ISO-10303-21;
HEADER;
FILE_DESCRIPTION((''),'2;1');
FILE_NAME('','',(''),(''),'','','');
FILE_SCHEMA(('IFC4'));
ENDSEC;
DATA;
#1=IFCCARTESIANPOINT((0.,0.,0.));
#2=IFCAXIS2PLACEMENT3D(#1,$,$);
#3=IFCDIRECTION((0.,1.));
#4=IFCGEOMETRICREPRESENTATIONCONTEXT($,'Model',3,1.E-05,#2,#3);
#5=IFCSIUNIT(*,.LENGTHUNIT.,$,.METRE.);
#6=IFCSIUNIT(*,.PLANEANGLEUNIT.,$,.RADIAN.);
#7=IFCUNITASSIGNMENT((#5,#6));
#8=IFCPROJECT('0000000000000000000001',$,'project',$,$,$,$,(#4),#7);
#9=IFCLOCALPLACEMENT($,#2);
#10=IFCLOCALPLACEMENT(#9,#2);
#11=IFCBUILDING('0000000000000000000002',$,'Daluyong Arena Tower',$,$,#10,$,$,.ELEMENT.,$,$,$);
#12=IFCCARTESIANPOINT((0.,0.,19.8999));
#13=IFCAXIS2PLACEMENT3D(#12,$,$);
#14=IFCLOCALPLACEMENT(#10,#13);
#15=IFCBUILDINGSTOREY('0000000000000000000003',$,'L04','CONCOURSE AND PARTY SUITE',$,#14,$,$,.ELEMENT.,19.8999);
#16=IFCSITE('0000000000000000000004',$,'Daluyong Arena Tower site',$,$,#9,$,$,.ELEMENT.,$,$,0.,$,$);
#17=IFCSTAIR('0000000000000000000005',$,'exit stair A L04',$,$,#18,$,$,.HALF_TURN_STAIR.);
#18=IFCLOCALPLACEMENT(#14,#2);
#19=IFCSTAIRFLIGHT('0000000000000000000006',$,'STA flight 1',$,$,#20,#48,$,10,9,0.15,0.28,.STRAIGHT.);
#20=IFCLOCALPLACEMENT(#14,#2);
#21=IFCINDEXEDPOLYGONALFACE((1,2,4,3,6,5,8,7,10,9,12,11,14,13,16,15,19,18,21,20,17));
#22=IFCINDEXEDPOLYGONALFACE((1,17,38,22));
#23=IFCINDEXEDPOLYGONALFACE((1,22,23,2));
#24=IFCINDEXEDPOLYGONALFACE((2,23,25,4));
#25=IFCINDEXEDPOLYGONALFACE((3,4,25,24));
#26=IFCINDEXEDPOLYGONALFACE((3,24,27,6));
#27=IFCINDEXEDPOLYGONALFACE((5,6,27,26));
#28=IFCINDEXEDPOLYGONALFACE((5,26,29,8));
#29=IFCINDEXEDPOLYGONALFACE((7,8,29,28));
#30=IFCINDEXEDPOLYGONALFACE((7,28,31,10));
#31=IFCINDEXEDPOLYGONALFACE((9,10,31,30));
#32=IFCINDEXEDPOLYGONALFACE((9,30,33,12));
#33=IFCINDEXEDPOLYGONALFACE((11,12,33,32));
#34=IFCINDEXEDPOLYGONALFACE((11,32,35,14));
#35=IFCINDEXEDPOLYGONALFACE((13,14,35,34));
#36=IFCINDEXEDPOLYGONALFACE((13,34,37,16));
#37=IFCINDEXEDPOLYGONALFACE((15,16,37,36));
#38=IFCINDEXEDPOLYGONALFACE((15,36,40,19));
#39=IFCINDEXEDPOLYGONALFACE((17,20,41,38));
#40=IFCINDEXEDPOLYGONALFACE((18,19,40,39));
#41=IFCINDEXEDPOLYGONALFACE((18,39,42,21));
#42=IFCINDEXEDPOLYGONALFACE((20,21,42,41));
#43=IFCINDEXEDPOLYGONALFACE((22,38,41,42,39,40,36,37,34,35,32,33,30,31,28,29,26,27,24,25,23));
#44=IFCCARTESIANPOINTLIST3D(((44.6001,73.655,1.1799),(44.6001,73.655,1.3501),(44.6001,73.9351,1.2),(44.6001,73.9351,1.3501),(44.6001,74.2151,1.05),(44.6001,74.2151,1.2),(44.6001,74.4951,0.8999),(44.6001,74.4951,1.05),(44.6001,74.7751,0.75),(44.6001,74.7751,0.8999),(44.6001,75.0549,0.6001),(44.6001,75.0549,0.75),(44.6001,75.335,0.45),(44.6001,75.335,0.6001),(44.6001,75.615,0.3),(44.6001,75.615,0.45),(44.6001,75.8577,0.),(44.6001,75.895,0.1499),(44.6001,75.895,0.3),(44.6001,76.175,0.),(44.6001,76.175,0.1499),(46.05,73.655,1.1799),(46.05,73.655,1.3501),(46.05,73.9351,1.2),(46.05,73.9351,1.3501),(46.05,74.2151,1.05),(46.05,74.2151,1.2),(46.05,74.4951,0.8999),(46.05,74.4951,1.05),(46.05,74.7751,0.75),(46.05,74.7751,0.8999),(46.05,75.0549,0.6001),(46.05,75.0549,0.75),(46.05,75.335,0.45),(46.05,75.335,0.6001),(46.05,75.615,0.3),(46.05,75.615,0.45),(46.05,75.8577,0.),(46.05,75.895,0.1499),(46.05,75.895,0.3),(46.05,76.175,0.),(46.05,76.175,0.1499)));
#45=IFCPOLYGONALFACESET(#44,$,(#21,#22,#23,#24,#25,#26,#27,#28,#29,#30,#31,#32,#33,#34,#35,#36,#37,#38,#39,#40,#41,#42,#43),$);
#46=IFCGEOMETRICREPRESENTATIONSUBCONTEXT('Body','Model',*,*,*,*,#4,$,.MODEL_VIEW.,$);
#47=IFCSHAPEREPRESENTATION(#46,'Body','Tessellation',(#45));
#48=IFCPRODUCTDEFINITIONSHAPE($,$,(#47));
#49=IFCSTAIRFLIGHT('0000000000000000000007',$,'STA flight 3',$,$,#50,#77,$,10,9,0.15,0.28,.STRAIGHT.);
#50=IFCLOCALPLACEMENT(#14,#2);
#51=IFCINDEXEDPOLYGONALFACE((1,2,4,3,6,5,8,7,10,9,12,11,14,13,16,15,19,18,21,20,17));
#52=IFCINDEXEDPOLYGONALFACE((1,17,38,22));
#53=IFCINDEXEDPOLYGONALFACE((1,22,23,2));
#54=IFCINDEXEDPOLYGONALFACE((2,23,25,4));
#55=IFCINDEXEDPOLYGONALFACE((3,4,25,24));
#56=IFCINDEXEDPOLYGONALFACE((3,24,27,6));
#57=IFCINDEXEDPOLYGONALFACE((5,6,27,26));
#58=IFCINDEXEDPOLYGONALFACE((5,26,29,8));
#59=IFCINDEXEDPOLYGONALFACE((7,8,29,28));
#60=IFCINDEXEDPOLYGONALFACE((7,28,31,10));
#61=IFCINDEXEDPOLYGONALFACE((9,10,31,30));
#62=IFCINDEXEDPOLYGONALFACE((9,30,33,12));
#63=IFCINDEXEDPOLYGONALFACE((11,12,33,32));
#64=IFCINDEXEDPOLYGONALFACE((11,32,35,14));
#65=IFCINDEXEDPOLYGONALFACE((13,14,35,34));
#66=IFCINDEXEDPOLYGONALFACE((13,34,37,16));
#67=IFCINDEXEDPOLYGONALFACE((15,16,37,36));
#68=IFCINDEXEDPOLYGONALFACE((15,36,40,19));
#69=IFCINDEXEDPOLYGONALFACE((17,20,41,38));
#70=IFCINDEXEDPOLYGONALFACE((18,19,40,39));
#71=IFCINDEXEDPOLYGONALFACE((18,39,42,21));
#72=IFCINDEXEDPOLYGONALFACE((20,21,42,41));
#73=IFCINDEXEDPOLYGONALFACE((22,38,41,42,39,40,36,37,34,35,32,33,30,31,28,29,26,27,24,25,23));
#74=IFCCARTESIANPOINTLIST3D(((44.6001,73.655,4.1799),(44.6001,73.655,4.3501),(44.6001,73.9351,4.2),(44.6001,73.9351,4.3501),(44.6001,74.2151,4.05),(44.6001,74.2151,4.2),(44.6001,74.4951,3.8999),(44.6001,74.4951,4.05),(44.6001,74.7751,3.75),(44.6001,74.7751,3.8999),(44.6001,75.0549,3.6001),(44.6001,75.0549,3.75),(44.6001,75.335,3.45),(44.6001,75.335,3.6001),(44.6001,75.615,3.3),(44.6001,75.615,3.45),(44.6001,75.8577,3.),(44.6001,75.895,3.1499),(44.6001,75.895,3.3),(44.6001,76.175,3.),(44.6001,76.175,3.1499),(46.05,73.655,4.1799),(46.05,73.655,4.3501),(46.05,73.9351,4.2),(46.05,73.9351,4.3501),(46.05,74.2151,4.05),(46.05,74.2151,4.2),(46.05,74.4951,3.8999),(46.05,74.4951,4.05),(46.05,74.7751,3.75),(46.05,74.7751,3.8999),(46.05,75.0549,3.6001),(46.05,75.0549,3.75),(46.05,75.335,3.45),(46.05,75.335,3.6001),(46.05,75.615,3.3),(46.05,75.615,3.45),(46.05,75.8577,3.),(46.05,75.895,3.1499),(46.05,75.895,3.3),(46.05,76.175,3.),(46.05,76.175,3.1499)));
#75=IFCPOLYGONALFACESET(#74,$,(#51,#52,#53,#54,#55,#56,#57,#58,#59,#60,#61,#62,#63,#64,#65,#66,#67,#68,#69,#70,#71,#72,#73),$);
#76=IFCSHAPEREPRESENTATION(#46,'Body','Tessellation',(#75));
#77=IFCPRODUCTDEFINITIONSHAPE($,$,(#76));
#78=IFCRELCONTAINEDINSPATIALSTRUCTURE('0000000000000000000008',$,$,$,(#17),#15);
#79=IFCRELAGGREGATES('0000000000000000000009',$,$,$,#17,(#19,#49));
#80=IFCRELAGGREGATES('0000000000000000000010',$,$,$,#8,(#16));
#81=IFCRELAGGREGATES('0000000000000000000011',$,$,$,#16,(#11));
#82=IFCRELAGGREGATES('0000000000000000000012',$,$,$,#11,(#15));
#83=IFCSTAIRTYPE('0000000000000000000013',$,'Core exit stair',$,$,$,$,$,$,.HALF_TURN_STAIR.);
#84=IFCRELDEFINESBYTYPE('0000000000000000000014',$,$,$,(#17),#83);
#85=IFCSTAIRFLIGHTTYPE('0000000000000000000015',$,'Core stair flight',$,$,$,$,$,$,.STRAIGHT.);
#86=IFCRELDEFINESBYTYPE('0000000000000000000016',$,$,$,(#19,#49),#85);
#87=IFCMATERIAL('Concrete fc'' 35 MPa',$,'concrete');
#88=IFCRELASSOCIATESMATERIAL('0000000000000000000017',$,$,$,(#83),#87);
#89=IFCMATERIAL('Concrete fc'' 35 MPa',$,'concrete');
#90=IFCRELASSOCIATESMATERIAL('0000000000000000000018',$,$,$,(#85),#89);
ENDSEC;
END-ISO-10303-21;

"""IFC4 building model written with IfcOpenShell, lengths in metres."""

from ifc_helpers import new_model, si_unit, direction, frame, origin, place, context, subcontext, project, spatial, polyline, outline, extrude, material, type_object, element, aggregate, save


model = new_model("IFC4")

# Units and contexts
model_context = context("Model", 3, precision=1e-05, world=origin(), true_north=direction((0.0, 1.0)))
body_context = subcontext(model_context, "Body", "Model", "MODEL_VIEW")
ifc_project = project(units=[si_unit("LENGTHUNIT", "METRE"), si_unit("PLANEANGLEUNIT", "RADIAN")], contexts=[model_context])

# Site, building, storey
site_placement = place(None, origin())
site = spatial("IfcSite", under=ifc_project, at=site_placement, Name="Daluyong Arena Tower site", CompositionType="ELEMENT", RefElevation=0.0)
building_placement = place(site_placement, origin())
building = spatial("IfcBuilding", under=site, at=building_placement, Name="Daluyong Arena Tower", CompositionType="ELEMENT")
storey_placement = place(building_placement, frame((0.0, 0.0, 19.8999)))
storey = spatial("IfcBuildingStorey", under=building, at=storey_placement, Name="L04", Description="CONCOURSE AND PARTY SUITE", CompositionType="ELEMENT", Elevation=19.8999)

# Stair, stair flights
ifc_material_1 = material(Name="Concrete fc' 35 MPa", Category="concrete")
stair_type = type_object("IfcStairType", Name="Core exit stair", PredefinedType="HALF_TURN_STAIR", material=ifc_material_1)
stair_placement = place(storey_placement, origin())
stair = element("IfcStair", 1, at=stair_placement, inside=storey, type_object=stair_type, Name="exit stair A L04", PredefinedType="HALF_TURN_STAIR")
ifc_material_2 = material(Name="Concrete fc' 35 MPa", Category="concrete")
stair_flight_type = type_object("IfcStairFlightType", Name="Core stair flight", PredefinedType="STRAIGHT", material=ifc_material_2)
stair_flight_1_placement = place(storey_placement, frame((45.325, 76.175, 0.0), z_axis=(0.0, 0.0, 1.0), x_axis=(0.0, -1.0, 0.0)))
stair_flight_1 = element("IfcStairFlight", 2, at=stair_flight_1_placement, type_object=stair_flight_type, Name="STA flight 1", NumberOfRisers=10, NumberOfTreads=9, PredefinedType="STRAIGHT", RiserHeight=0.15, TreadLength=0.28, context=body_context, shape_type="SweptSolid", body=[
    extrude(outline(polyline([(0.0, 0.0), (0.0, 0.1499), (0.28, 0.1499), (0.28, 0.3), (0.5601, 0.3), (0.5601, 0.45), (0.8401, 0.45), (0.8401, 0.6001), (1.1201, 0.6001), (1.1201, 0.75), (1.3999, 0.75), (1.3999, 0.8999), (1.6799, 0.8999), (1.6799, 1.05), (1.96, 1.05), (1.96, 1.2), (2.24, 1.2), (2.24, 1.3501), (2.52, 1.3501), (2.52, 1.5), (2.52, 1.1799), (0.3174, 0.0), (0.0, 0.0)])), frame((0.0, 0.7251, 0.0), z_axis=(0.0, -1.0, 0.0), x_axis=(1.0, 0.0, 0.0)), (0.0, 0.0, 1.0), 1.45),
])
stair_flight_2_placement = place(storey_placement, frame((45.325, 76.175, 3.0), z_axis=(0.0, 0.0, 1.0), x_axis=(0.0, -1.0, 0.0)))
stair_flight_2 = element("IfcStairFlight", 3, at=stair_flight_2_placement, type_object=stair_flight_type, Name="STA flight 3", NumberOfRisers=10, NumberOfTreads=9, PredefinedType="STRAIGHT", RiserHeight=0.15, TreadLength=0.28, context=body_context, shape_type="SweptSolid", body=[
    extrude(outline(polyline([(0.0, 0.0), (0.0, 0.1499), (0.28, 0.1499), (0.28, 0.3), (0.5601, 0.3), (0.5601, 0.45), (0.8401, 0.45), (0.8401, 0.6001), (1.1201, 0.6001), (1.1201, 0.75), (1.3999, 0.75), (1.3999, 0.8999), (1.6799, 0.8999), (1.6799, 1.05), (1.96, 1.05), (1.96, 1.2), (2.24, 1.2), (2.24, 1.3501), (2.52, 1.3501), (2.52, 1.5), (2.52, 1.1799), (0.3174, 0.0), (0.0, 0.0)])), frame((0.0, 0.7251, 0.0), z_axis=(0.0, -1.0, 0.0), x_axis=(1.0, 0.0, 0.0)), (0.0, 0.0, 1.0), 1.45),
])
aggregate(stair, [stair_flight_1, stair_flight_2])

save(model, "model.ifc")
